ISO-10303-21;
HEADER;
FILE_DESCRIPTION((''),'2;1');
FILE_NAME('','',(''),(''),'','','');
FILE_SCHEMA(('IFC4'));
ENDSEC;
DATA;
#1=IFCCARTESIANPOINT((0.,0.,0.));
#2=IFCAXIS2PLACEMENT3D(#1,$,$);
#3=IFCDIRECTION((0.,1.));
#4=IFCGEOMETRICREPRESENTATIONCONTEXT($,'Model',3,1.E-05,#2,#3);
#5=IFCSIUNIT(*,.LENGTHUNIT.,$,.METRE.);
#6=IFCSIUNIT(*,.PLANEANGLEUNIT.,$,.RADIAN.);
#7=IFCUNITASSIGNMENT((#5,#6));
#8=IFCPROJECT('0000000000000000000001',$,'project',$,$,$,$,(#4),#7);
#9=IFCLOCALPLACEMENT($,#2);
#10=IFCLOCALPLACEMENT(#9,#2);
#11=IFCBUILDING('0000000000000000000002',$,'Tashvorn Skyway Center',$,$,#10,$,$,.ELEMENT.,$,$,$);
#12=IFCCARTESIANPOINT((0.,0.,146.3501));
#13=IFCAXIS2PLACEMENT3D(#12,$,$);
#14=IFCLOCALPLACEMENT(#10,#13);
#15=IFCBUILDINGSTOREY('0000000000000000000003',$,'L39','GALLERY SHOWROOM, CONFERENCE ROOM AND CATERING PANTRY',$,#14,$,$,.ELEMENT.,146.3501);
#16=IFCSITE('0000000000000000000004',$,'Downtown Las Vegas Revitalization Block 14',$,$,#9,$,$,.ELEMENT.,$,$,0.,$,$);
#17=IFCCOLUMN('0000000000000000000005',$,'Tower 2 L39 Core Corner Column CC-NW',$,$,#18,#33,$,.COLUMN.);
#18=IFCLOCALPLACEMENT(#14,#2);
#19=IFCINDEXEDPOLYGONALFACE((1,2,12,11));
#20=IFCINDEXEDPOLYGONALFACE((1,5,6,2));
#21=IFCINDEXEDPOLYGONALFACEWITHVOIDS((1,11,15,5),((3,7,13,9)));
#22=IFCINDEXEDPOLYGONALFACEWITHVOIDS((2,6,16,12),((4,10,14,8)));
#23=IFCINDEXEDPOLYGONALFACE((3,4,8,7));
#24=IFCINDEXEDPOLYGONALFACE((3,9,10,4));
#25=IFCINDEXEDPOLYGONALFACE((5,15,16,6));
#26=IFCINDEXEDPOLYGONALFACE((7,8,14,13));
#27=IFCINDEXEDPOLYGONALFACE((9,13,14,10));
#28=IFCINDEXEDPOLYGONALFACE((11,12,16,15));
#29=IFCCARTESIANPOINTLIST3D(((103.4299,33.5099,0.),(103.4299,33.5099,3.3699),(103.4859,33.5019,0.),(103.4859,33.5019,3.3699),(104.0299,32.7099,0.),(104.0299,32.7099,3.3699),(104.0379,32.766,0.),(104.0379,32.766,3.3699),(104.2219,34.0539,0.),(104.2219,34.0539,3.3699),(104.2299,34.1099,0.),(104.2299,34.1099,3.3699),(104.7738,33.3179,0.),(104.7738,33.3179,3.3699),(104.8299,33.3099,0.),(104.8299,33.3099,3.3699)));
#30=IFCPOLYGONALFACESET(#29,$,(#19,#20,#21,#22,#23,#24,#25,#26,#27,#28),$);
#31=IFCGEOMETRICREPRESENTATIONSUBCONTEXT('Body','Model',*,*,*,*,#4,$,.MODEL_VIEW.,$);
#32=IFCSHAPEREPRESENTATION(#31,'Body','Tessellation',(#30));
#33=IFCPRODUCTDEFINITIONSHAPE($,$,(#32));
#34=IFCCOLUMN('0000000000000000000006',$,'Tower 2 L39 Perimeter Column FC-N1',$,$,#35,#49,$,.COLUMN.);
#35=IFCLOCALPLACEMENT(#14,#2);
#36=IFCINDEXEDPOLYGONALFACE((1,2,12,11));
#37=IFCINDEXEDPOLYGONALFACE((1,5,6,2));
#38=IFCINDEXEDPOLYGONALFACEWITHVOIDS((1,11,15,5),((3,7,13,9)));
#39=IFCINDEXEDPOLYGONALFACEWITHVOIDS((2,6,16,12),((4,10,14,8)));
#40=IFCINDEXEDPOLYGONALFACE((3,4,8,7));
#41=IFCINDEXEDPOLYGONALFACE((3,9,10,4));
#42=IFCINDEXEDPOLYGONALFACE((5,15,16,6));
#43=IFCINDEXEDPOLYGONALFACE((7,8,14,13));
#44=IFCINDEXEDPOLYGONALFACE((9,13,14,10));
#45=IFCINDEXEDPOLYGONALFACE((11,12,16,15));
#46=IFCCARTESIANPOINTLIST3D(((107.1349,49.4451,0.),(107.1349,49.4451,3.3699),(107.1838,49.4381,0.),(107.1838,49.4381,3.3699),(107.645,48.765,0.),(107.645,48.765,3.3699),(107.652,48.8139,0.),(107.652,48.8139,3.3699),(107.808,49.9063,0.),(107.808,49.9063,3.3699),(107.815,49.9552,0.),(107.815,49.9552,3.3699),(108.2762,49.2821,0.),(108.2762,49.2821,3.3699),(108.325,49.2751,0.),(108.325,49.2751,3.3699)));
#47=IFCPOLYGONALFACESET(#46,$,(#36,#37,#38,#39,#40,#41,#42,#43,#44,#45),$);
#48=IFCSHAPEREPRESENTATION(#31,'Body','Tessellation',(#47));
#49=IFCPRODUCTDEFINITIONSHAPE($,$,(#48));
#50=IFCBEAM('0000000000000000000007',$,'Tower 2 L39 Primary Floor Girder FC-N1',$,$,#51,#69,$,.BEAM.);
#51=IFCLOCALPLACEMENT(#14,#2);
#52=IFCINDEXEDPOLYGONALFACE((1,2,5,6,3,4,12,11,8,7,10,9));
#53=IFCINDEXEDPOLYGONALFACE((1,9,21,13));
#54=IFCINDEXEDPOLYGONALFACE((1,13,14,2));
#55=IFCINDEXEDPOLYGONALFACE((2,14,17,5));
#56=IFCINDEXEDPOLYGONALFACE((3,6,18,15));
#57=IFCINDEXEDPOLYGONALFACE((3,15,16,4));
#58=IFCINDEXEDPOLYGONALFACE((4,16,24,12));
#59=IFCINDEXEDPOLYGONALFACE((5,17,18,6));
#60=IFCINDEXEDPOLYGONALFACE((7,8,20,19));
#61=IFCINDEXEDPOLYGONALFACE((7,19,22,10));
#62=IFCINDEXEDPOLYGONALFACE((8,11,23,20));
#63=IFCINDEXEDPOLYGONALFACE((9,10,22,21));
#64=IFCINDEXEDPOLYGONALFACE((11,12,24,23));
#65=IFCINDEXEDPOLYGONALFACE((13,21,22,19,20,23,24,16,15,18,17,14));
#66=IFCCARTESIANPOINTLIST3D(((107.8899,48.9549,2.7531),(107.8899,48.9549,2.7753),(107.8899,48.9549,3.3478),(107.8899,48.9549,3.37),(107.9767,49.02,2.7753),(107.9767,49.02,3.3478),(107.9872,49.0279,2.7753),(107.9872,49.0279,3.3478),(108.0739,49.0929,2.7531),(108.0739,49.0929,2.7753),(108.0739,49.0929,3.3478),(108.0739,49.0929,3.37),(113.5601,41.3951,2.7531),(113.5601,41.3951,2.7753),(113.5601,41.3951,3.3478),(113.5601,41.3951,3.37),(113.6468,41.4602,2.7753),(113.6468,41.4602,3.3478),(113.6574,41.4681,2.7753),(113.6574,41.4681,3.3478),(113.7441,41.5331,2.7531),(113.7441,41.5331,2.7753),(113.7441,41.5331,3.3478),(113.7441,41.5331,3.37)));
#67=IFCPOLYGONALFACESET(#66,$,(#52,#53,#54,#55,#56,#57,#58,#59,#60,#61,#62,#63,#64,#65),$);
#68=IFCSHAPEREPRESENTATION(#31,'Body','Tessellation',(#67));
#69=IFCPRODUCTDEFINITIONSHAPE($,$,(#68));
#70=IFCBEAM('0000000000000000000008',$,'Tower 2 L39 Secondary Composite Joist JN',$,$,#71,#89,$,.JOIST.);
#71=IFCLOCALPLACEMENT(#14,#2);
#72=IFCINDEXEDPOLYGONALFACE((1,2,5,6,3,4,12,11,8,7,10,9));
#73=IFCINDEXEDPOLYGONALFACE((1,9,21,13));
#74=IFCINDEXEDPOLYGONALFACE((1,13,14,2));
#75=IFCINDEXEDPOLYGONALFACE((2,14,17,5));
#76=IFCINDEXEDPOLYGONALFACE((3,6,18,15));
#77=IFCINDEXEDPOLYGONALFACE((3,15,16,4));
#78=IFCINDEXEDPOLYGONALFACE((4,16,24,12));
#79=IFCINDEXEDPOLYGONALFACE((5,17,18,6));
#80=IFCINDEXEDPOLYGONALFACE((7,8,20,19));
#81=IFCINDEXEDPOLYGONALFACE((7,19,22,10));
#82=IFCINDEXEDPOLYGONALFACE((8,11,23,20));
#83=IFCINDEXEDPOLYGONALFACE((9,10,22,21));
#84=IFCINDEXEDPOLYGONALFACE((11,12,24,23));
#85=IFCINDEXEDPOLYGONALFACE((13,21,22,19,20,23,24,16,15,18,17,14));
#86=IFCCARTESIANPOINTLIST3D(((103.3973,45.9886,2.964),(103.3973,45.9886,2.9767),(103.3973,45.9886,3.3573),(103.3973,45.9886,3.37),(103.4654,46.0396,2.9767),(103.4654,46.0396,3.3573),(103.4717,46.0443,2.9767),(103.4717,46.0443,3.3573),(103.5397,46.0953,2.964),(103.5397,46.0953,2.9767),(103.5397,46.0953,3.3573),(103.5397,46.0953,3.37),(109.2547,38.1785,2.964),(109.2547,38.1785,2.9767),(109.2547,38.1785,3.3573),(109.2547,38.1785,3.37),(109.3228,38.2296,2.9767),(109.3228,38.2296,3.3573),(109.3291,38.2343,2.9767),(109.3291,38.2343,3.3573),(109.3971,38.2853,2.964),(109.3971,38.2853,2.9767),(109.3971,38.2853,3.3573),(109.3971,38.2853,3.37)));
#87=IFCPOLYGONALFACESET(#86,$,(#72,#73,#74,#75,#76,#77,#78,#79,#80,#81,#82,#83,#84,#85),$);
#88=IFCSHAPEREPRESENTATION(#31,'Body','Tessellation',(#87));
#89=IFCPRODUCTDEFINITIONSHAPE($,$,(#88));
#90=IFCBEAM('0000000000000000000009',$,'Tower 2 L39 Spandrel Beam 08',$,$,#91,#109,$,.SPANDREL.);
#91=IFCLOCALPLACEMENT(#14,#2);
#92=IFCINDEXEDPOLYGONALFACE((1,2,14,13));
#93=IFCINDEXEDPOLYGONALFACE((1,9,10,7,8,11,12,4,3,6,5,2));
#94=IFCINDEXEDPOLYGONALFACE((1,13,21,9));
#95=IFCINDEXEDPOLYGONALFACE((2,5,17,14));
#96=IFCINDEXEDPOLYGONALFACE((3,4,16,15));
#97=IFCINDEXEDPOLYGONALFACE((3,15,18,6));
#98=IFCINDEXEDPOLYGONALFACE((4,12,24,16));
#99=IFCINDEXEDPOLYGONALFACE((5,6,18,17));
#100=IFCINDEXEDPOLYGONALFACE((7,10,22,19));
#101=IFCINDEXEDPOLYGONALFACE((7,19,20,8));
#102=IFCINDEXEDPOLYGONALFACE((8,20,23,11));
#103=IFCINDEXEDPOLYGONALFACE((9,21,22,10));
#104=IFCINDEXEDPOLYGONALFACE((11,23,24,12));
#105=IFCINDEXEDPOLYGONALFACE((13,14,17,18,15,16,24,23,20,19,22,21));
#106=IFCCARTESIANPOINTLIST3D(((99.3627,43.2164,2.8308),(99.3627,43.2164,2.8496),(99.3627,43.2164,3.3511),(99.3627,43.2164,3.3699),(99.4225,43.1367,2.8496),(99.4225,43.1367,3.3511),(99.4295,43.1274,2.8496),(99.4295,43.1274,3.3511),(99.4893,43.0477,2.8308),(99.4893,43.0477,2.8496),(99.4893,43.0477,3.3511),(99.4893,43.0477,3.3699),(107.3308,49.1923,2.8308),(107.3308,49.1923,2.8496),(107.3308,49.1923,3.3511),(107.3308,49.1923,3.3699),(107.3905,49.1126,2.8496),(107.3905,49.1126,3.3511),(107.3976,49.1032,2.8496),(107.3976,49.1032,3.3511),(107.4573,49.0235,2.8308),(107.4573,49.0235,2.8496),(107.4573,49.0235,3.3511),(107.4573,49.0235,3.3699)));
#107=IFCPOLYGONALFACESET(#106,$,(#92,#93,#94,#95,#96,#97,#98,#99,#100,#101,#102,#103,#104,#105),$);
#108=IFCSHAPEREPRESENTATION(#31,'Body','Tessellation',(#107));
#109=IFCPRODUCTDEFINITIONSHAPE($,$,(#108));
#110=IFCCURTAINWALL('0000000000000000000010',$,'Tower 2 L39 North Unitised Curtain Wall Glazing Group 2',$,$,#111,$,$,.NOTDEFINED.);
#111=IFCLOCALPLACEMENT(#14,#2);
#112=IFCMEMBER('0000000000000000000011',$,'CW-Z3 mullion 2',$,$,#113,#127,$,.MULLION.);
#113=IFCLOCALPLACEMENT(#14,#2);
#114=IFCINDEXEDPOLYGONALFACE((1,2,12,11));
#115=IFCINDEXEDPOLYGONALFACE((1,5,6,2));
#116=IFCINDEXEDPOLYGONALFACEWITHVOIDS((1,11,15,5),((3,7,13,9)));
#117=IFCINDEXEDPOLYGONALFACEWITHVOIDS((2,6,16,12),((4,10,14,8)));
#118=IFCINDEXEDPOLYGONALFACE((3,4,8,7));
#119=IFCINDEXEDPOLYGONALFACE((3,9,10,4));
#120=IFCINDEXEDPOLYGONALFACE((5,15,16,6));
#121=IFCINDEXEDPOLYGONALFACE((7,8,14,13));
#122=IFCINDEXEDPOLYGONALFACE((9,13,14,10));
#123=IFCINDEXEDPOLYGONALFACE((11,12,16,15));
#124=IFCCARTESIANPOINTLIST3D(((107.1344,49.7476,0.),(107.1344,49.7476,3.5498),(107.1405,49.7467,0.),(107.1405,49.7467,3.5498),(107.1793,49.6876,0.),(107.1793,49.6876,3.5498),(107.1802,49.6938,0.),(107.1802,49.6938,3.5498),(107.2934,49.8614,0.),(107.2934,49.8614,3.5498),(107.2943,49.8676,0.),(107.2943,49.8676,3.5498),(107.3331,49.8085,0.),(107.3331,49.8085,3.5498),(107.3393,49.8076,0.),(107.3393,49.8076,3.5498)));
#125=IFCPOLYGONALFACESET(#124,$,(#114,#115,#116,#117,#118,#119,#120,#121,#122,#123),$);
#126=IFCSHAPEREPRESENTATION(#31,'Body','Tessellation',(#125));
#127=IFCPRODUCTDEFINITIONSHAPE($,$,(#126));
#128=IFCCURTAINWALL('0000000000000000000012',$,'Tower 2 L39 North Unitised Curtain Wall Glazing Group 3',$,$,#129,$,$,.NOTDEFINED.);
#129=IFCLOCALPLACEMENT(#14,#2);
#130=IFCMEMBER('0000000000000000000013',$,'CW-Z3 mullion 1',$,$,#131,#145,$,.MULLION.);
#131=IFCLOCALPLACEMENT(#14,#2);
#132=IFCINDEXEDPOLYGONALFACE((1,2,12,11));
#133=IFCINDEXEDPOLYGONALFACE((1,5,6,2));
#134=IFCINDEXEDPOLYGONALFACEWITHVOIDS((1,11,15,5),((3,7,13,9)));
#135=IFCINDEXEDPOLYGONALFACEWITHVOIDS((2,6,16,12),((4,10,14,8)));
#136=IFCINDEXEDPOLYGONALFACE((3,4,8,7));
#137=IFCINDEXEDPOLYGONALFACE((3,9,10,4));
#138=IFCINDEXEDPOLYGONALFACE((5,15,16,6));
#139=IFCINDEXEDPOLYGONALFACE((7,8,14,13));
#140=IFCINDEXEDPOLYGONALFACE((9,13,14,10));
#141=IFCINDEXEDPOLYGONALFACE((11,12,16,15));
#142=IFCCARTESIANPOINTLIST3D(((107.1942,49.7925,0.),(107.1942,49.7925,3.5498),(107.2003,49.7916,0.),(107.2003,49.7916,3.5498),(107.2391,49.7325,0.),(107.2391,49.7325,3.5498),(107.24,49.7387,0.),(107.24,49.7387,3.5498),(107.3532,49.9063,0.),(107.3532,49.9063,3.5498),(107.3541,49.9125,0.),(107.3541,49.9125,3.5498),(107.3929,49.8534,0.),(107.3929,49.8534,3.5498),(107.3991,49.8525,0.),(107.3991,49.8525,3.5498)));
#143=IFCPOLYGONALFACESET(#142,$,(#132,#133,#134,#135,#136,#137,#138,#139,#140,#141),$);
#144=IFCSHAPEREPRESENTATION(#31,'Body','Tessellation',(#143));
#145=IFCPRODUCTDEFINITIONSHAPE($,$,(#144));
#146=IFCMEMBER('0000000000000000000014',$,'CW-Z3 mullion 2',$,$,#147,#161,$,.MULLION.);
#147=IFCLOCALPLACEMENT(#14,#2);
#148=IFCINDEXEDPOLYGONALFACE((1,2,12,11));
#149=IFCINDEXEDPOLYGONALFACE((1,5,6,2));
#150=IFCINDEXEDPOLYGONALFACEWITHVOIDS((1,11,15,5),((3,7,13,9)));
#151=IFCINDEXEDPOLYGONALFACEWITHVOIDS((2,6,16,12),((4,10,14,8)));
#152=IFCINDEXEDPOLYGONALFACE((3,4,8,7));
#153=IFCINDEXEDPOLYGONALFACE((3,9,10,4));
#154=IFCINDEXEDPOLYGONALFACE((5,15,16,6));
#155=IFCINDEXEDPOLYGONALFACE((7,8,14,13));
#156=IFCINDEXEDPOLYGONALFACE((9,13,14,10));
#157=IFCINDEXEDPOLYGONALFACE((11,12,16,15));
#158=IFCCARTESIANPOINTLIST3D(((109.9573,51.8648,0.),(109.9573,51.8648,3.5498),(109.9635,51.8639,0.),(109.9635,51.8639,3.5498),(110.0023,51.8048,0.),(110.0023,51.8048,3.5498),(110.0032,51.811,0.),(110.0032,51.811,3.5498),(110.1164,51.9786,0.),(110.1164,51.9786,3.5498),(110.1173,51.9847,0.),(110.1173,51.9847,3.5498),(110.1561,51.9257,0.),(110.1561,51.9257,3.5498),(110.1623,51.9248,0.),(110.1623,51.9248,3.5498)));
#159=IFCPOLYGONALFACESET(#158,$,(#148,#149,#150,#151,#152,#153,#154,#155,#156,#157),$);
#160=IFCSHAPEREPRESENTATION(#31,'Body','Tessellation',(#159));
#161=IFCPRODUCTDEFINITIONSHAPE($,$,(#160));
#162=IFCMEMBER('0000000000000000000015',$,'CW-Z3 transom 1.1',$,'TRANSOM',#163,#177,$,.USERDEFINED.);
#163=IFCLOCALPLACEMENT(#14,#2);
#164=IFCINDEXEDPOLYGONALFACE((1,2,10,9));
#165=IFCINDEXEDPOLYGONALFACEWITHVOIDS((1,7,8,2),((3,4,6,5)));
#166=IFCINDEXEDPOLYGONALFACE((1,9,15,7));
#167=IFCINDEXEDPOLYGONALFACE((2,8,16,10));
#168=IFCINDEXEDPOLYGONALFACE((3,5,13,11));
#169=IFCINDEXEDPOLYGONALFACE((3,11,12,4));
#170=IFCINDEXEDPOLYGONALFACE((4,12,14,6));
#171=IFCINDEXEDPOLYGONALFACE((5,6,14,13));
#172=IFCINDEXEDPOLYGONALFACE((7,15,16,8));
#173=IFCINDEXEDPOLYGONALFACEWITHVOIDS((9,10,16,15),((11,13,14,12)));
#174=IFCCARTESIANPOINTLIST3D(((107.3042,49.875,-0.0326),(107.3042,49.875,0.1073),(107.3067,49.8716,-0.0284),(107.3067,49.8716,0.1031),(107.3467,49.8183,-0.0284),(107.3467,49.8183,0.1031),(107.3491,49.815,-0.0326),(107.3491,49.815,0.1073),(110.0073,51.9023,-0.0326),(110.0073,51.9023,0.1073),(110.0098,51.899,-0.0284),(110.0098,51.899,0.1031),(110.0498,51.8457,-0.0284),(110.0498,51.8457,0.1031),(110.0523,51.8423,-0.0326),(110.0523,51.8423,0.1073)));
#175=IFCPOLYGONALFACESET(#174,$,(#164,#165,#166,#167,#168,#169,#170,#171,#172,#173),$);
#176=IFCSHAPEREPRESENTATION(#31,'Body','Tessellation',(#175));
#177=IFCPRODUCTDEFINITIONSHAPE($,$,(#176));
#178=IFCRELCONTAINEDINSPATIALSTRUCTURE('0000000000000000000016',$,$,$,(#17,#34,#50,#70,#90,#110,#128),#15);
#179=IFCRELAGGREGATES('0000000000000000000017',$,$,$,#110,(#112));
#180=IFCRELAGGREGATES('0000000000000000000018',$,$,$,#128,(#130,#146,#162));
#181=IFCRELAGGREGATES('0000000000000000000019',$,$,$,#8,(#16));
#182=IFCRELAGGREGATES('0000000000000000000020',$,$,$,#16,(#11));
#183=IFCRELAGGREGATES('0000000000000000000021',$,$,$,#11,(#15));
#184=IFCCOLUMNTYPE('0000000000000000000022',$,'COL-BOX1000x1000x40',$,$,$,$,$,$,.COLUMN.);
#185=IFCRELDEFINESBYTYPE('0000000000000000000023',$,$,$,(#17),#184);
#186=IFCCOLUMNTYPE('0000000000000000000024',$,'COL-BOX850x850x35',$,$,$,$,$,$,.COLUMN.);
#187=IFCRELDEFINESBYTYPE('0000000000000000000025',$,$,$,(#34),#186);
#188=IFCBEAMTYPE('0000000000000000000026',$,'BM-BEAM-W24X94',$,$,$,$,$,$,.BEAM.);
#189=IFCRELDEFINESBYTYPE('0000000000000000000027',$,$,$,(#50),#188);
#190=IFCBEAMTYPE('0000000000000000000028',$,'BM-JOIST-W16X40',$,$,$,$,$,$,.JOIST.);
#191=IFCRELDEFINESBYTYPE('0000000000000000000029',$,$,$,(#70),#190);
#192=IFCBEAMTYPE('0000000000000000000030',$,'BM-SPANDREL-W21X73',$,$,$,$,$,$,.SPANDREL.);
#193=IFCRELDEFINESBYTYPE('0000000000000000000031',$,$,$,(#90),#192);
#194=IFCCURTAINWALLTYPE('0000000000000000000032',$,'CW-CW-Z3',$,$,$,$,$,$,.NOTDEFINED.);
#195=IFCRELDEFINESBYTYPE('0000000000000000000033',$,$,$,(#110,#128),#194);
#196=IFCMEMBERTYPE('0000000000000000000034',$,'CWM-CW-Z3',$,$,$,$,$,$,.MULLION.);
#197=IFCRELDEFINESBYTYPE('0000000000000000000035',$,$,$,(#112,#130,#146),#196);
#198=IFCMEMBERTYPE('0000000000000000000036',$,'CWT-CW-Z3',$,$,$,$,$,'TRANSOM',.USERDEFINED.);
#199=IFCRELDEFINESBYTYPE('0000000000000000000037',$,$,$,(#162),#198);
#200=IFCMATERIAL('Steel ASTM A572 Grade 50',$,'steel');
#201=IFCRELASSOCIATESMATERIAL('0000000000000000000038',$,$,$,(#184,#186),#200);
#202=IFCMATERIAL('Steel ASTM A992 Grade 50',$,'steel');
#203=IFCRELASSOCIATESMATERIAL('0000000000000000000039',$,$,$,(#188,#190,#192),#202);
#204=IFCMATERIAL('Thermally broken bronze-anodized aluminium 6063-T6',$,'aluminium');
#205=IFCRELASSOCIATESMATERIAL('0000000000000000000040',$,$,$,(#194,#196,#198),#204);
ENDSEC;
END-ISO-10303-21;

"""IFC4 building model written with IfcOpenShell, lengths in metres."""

from ifc_helpers import new_model, si_unit, direction, frame, origin, origin_2d, place, context, subcontext, project, spatial, hollow_rectangle, i_section, extrude, material, material_profile, profile_set, type_object, element, aggregate, save


model = new_model("IFC4")

# Units and contexts
model_context = context("Model", 3, precision=1e-05, world=origin(), true_north=direction((0.0, 1.0)))
body_context = subcontext(model_context, "Body", "Model", "MODEL_VIEW")
ifc_project = project(units=[si_unit("LENGTHUNIT", "METRE"), si_unit("PLANEANGLEUNIT", "RADIAN")], contexts=[model_context])

# Site, building, storey
site_placement = place(None, origin())
site = spatial("IfcSite", under=ifc_project, at=site_placement, Name="Downtown Las Vegas Revitalization Block 14", CompositionType="ELEMENT", RefElevation=0.0)
building_placement = place(site_placement, origin())
building = spatial("IfcBuilding", under=site, at=building_placement, Name="Tashvorn Skyway Center", CompositionType="ELEMENT")
storey_placement = place(building_placement, frame((0.0, 0.0, 146.3501)))
storey = spatial("IfcBuildingStorey", under=building, at=storey_placement, Name="L39", Description="GALLERY SHOWROOM, CONFERENCE ROOM AND CATERING PANTRY", CompositionType="ELEMENT", Elevation=146.3501)

# Columns
ifc_material_1 = material(Name="Steel ASTM A572 Grade 50", Category="steel")
ifc_material_profile_1 = material_profile(ifc_material_1, hollow_rectangle(XDim=1.0, YDim=1.0, WallThickness=0.04, at=origin_2d()), Name="BOX1000x1000x40")
ifc_profile_set_1 = profile_set([ifc_material_profile_1], Name="Steel ASTM A572 Grade 50")
column_type_1 = type_object("IfcColumnType", Name="COL-BOX1000x1000x40", PredefinedType="COLUMN", material=ifc_profile_set_1)
column_1_placement = place(storey_placement, frame((104.1299, 33.4099, 0.0), z_axis=(0.0, 0.0, 1.0), x_axis=(0.8, 0.6, 0.0)))
element("IfcColumn", 1, at=column_1_placement, inside=storey, type_object=column_type_1, Name="Tower 2 L39 Core Corner Column CC-NW", PredefinedType="COLUMN", context=body_context, shape_type="SweptSolid", body=[
    extrude(hollow_rectangle(XDim=1.0, YDim=1.0, WallThickness=0.04, at=origin_2d()), origin(), (0.0, 0.0, 1.0), 3.3699),
])
ifc_material_profile_2 = material_profile(ifc_material_1, hollow_rectangle(XDim=0.8501, YDim=0.8501, WallThickness=0.0349, at=origin_2d()), Name="BOX850x850x35")
ifc_profile_set_2 = profile_set([ifc_material_profile_2], Name="Steel ASTM A572 Grade 50")
column_type_2 = type_object("IfcColumnType", Name="COL-BOX850x850x35", PredefinedType="COLUMN", material=ifc_profile_set_2)
column_2_placement = place(storey_placement, frame((107.73, 49.3601, 0.0), z_axis=(0.0, 0.0, 1.0), x_axis=(0.8, 0.6, 0.0)))
element("IfcColumn", 2, at=column_2_placement, inside=storey, type_object=column_type_2, Name="Tower 2 L39 Perimeter Column FC-N1", PredefinedType="COLUMN", context=body_context, shape_type="SweptSolid", body=[
    extrude(hollow_rectangle(XDim=0.8501, YDim=0.8501, WallThickness=0.0349, at=origin_2d()), origin(), (0.0, 0.0, 1.0), 3.3699),
])

# Beams
ifc_material_2 = material(Name="Steel ASTM A992 Grade 50", Category="steel")
ifc_material_profile_3 = material_profile(ifc_material_2, i_section(OverallWidth=0.23, OverallDepth=0.6169, WebThickness=0.0132, FlangeThickness=0.0222, at=origin_2d()), Name="W24X94")
ifc_profile_set_3 = profile_set([ifc_material_profile_3], Name="Steel ASTM A992 Grade 50")
beam_type_1 = type_object("IfcBeamType", Name="BM-BEAM-W24X94", PredefinedType="BEAM", material=ifc_profile_set_3)
beam_1_placement = place(storey_placement, frame((107.9819, 49.0239, 3.0615), z_axis=(0.600021, -0.799984, 0.0), x_axis=(0.799984, 0.600021, 0.0)))
element("IfcBeam", 3, at=beam_1_placement, inside=storey, type_object=beam_type_1, Name="Tower 2 L39 Primary Floor Girder FC-N1", PredefinedType="BEAM", context=body_context, shape_type="SweptSolid", body=[
    extrude(i_section(OverallWidth=0.23, OverallDepth=0.6169, WebThickness=0.0132, FlangeThickness=0.0222, at=origin_2d()), origin(), (0.0, 0.0, 1.0), 9.45),
])
ifc_material_profile_4 = material_profile(ifc_material_2, i_section(OverallWidth=0.178, OverallDepth=0.406, WebThickness=0.0078, FlangeThickness=0.0127, at=origin_2d()), Name="W16X40")
ifc_profile_set_4 = profile_set([ifc_material_profile_4], Name="Steel ASTM A992 Grade 50")
beam_type_2 = type_object("IfcBeamType", Name="BM-JOIST-W16X40", PredefinedType="JOIST", material=ifc_profile_set_4)
beam_2_placement = place(storey_placement, frame((109.3259, 38.2319, 3.167), z_axis=(-0.599992, 0.800006, 0.0), x_axis=(-0.800006, -0.599992, 0.0)))
element("IfcBeam", 4, at=beam_2_placement, inside=storey, type_object=beam_type_2, Name="Tower 2 L39 Secondary Composite Joist JN", PredefinedType="JOIST", context=body_context, shape_type="SweptSolid", body=[
    extrude(i_section(OverallWidth=0.178, OverallDepth=0.406, WebThickness=0.0078, FlangeThickness=0.0127, at=origin_2d()), origin(), (0.0, 0.0, 1.0), 9.7625),
])
ifc_material_profile_5 = material_profile(ifc_material_2, i_section(OverallWidth=0.2109, OverallDepth=0.5391, WebThickness=0.0117, FlangeThickness=0.0188, at=origin_2d()), Name="W21X73")
ifc_profile_set_5 = profile_set([ifc_material_profile_5], Name="Steel ASTM A992 Grade 50")
beam_type_3 = type_object("IfcBeamType", Name="BM-SPANDREL-W21X73", PredefinedType="SPANDREL", material=ifc_profile_set_5)
beam_3_placement = place(storey_placement, frame((107.394, 49.1079, 3.1003), z_axis=(-0.800009, -0.599988, 0.0), x_axis=(0.599988, -0.800009, 0.0)))
element("IfcBeam", 5, at=beam_3_placement, inside=storey, type_object=beam_type_3, Name="Tower 2 L39 Spandrel Beam 08", PredefinedType="SPANDREL", context=body_context, shape_type="SweptSolid", body=[
    extrude(i_section(OverallWidth=0.2109, OverallDepth=0.5391, WebThickness=0.0117, FlangeThickness=0.0188, at=origin_2d()), origin(), (0.0, 0.0, 1.0), 9.96),
])

# Curtain wall, member
ifc_material_3 = material(Name="Thermally broken bronze-anodized aluminium 6063-T6", Category="aluminium")
curtain_wall_type = type_object("IfcCurtainWallType", Name="CW-CW-Z3", PredefinedType="NOTDEFINED", material=ifc_material_3)
curtain_wall_1_placement = place(storey_placement, origin())
curtain_wall_1 = element("IfcCurtainWall", 6, at=curtain_wall_1_placement, inside=storey, type_object=curtain_wall_type, Name="Tower 2 L39 North Unitised Curtain Wall Glazing Group 2", PredefinedType="NOTDEFINED")
ifc_material_profile_6 = material_profile(ifc_material_3, hollow_rectangle(XDim=0.075, YDim=0.2, WallThickness=0.0044, at=origin_2d()), Name="ALU-MULL-75x200")
ifc_profile_set_6 = profile_set([ifc_material_profile_6], Name="Thermally broken bronze-anodized aluminium 6063-T6")
member_type_1 = type_object("IfcMemberType", Name="CWM-CW-Z3", PredefinedType="MULLION", material=ifc_profile_set_6)
member_1_placement = place(storey_placement, frame((107.2368, 49.7776, 0.0), z_axis=(0.0, 0.0, 1.0), x_axis=(-0.599997, 0.800002, 0.0)))
member_1 = element("IfcMember", 7, at=member_1_placement, type_object=member_type_1, Name="CW-Z3 mullion 2", PredefinedType="MULLION", context=body_context, shape_type="SweptSolid", body=[
    extrude(hollow_rectangle(XDim=0.075, YDim=0.2, WallThickness=0.0044, at=origin_2d()), origin(), (0.0, 0.0, 1.0), 3.5498),
])
aggregate(curtain_wall_1, [member_1])

# Curtain wall, members
curtain_wall_2_placement = place(storey_placement, origin())
curtain_wall_2 = element("IfcCurtainWall", 8, at=curtain_wall_2_placement, inside=storey, type_object=curtain_wall_type, Name="Tower 2 L39 North Unitised Curtain Wall Glazing Group 3", PredefinedType="NOTDEFINED")
member_2_placement = place(storey_placement, frame((107.2966, 49.8225, 0.0), z_axis=(0.0, 0.0, 1.0), x_axis=(-0.599995, 0.800003, 0.0)))
member_2 = element("IfcMember", 9, at=member_2_placement, type_object=member_type_1, Name="CW-Z3 mullion 1", PredefinedType="MULLION", context=body_context, shape_type="SweptSolid", body=[
    extrude(hollow_rectangle(XDim=0.075, YDim=0.2, WallThickness=0.0044, at=origin_2d()), origin(), (0.0, 0.0, 1.0), 3.5498),
])
member_3_placement = place(storey_placement, frame((110.0598, 51.8948, 0.0), z_axis=(0.0, 0.0, 1.0), x_axis=(-0.599995, 0.800003, 0.0)))
member_3 = element("IfcMember", 10, at=member_3_placement, type_object=member_type_1, Name="CW-Z3 mullion 2", PredefinedType="MULLION", context=body_context, shape_type="SweptSolid", body=[
    extrude(hollow_rectangle(XDim=0.075, YDim=0.2, WallThickness=0.0044, at=origin_2d()), origin(), (0.0, 0.0, 1.0), 3.5498),
])
ifc_material_profile_7 = material_profile(ifc_material_3, hollow_rectangle(XDim=0.075, YDim=0.1399, WallThickness=0.0042, at=origin_2d()), Name="ALU-TRAN-75x140")
ifc_profile_set_7 = profile_set([ifc_material_profile_7], Name="Thermally broken bronze-anodized aluminium 6063-T6")
member_type_2 = type_object("IfcMemberType", Name="CWT-CW-Z3", ElementType="TRANSOM", PredefinedType="USERDEFINED", material=ifc_profile_set_7)
member_4_placement = place(storey_placement, frame((107.3267, 49.845, 0.0374), z_axis=(0.8, 0.6, 0.0), x_axis=(-0.6, 0.8, 0.0)))
member_4 = element("IfcMember", 11, at=member_4_placement, type_object=member_type_2, Name="CW-Z3 transom 1.1", ObjectType="TRANSOM", PredefinedType="USERDEFINED", context=body_context, shape_type="SweptSolid", body=[
    extrude(hollow_rectangle(XDim=0.075, YDim=0.1399, WallThickness=0.0042, at=origin_2d()), origin(), (0.0, 0.0, 1.0), 3.3789),
])
aggregate(curtain_wall_2, [member_2, member_3, member_4])

save(model, "model.ifc")
